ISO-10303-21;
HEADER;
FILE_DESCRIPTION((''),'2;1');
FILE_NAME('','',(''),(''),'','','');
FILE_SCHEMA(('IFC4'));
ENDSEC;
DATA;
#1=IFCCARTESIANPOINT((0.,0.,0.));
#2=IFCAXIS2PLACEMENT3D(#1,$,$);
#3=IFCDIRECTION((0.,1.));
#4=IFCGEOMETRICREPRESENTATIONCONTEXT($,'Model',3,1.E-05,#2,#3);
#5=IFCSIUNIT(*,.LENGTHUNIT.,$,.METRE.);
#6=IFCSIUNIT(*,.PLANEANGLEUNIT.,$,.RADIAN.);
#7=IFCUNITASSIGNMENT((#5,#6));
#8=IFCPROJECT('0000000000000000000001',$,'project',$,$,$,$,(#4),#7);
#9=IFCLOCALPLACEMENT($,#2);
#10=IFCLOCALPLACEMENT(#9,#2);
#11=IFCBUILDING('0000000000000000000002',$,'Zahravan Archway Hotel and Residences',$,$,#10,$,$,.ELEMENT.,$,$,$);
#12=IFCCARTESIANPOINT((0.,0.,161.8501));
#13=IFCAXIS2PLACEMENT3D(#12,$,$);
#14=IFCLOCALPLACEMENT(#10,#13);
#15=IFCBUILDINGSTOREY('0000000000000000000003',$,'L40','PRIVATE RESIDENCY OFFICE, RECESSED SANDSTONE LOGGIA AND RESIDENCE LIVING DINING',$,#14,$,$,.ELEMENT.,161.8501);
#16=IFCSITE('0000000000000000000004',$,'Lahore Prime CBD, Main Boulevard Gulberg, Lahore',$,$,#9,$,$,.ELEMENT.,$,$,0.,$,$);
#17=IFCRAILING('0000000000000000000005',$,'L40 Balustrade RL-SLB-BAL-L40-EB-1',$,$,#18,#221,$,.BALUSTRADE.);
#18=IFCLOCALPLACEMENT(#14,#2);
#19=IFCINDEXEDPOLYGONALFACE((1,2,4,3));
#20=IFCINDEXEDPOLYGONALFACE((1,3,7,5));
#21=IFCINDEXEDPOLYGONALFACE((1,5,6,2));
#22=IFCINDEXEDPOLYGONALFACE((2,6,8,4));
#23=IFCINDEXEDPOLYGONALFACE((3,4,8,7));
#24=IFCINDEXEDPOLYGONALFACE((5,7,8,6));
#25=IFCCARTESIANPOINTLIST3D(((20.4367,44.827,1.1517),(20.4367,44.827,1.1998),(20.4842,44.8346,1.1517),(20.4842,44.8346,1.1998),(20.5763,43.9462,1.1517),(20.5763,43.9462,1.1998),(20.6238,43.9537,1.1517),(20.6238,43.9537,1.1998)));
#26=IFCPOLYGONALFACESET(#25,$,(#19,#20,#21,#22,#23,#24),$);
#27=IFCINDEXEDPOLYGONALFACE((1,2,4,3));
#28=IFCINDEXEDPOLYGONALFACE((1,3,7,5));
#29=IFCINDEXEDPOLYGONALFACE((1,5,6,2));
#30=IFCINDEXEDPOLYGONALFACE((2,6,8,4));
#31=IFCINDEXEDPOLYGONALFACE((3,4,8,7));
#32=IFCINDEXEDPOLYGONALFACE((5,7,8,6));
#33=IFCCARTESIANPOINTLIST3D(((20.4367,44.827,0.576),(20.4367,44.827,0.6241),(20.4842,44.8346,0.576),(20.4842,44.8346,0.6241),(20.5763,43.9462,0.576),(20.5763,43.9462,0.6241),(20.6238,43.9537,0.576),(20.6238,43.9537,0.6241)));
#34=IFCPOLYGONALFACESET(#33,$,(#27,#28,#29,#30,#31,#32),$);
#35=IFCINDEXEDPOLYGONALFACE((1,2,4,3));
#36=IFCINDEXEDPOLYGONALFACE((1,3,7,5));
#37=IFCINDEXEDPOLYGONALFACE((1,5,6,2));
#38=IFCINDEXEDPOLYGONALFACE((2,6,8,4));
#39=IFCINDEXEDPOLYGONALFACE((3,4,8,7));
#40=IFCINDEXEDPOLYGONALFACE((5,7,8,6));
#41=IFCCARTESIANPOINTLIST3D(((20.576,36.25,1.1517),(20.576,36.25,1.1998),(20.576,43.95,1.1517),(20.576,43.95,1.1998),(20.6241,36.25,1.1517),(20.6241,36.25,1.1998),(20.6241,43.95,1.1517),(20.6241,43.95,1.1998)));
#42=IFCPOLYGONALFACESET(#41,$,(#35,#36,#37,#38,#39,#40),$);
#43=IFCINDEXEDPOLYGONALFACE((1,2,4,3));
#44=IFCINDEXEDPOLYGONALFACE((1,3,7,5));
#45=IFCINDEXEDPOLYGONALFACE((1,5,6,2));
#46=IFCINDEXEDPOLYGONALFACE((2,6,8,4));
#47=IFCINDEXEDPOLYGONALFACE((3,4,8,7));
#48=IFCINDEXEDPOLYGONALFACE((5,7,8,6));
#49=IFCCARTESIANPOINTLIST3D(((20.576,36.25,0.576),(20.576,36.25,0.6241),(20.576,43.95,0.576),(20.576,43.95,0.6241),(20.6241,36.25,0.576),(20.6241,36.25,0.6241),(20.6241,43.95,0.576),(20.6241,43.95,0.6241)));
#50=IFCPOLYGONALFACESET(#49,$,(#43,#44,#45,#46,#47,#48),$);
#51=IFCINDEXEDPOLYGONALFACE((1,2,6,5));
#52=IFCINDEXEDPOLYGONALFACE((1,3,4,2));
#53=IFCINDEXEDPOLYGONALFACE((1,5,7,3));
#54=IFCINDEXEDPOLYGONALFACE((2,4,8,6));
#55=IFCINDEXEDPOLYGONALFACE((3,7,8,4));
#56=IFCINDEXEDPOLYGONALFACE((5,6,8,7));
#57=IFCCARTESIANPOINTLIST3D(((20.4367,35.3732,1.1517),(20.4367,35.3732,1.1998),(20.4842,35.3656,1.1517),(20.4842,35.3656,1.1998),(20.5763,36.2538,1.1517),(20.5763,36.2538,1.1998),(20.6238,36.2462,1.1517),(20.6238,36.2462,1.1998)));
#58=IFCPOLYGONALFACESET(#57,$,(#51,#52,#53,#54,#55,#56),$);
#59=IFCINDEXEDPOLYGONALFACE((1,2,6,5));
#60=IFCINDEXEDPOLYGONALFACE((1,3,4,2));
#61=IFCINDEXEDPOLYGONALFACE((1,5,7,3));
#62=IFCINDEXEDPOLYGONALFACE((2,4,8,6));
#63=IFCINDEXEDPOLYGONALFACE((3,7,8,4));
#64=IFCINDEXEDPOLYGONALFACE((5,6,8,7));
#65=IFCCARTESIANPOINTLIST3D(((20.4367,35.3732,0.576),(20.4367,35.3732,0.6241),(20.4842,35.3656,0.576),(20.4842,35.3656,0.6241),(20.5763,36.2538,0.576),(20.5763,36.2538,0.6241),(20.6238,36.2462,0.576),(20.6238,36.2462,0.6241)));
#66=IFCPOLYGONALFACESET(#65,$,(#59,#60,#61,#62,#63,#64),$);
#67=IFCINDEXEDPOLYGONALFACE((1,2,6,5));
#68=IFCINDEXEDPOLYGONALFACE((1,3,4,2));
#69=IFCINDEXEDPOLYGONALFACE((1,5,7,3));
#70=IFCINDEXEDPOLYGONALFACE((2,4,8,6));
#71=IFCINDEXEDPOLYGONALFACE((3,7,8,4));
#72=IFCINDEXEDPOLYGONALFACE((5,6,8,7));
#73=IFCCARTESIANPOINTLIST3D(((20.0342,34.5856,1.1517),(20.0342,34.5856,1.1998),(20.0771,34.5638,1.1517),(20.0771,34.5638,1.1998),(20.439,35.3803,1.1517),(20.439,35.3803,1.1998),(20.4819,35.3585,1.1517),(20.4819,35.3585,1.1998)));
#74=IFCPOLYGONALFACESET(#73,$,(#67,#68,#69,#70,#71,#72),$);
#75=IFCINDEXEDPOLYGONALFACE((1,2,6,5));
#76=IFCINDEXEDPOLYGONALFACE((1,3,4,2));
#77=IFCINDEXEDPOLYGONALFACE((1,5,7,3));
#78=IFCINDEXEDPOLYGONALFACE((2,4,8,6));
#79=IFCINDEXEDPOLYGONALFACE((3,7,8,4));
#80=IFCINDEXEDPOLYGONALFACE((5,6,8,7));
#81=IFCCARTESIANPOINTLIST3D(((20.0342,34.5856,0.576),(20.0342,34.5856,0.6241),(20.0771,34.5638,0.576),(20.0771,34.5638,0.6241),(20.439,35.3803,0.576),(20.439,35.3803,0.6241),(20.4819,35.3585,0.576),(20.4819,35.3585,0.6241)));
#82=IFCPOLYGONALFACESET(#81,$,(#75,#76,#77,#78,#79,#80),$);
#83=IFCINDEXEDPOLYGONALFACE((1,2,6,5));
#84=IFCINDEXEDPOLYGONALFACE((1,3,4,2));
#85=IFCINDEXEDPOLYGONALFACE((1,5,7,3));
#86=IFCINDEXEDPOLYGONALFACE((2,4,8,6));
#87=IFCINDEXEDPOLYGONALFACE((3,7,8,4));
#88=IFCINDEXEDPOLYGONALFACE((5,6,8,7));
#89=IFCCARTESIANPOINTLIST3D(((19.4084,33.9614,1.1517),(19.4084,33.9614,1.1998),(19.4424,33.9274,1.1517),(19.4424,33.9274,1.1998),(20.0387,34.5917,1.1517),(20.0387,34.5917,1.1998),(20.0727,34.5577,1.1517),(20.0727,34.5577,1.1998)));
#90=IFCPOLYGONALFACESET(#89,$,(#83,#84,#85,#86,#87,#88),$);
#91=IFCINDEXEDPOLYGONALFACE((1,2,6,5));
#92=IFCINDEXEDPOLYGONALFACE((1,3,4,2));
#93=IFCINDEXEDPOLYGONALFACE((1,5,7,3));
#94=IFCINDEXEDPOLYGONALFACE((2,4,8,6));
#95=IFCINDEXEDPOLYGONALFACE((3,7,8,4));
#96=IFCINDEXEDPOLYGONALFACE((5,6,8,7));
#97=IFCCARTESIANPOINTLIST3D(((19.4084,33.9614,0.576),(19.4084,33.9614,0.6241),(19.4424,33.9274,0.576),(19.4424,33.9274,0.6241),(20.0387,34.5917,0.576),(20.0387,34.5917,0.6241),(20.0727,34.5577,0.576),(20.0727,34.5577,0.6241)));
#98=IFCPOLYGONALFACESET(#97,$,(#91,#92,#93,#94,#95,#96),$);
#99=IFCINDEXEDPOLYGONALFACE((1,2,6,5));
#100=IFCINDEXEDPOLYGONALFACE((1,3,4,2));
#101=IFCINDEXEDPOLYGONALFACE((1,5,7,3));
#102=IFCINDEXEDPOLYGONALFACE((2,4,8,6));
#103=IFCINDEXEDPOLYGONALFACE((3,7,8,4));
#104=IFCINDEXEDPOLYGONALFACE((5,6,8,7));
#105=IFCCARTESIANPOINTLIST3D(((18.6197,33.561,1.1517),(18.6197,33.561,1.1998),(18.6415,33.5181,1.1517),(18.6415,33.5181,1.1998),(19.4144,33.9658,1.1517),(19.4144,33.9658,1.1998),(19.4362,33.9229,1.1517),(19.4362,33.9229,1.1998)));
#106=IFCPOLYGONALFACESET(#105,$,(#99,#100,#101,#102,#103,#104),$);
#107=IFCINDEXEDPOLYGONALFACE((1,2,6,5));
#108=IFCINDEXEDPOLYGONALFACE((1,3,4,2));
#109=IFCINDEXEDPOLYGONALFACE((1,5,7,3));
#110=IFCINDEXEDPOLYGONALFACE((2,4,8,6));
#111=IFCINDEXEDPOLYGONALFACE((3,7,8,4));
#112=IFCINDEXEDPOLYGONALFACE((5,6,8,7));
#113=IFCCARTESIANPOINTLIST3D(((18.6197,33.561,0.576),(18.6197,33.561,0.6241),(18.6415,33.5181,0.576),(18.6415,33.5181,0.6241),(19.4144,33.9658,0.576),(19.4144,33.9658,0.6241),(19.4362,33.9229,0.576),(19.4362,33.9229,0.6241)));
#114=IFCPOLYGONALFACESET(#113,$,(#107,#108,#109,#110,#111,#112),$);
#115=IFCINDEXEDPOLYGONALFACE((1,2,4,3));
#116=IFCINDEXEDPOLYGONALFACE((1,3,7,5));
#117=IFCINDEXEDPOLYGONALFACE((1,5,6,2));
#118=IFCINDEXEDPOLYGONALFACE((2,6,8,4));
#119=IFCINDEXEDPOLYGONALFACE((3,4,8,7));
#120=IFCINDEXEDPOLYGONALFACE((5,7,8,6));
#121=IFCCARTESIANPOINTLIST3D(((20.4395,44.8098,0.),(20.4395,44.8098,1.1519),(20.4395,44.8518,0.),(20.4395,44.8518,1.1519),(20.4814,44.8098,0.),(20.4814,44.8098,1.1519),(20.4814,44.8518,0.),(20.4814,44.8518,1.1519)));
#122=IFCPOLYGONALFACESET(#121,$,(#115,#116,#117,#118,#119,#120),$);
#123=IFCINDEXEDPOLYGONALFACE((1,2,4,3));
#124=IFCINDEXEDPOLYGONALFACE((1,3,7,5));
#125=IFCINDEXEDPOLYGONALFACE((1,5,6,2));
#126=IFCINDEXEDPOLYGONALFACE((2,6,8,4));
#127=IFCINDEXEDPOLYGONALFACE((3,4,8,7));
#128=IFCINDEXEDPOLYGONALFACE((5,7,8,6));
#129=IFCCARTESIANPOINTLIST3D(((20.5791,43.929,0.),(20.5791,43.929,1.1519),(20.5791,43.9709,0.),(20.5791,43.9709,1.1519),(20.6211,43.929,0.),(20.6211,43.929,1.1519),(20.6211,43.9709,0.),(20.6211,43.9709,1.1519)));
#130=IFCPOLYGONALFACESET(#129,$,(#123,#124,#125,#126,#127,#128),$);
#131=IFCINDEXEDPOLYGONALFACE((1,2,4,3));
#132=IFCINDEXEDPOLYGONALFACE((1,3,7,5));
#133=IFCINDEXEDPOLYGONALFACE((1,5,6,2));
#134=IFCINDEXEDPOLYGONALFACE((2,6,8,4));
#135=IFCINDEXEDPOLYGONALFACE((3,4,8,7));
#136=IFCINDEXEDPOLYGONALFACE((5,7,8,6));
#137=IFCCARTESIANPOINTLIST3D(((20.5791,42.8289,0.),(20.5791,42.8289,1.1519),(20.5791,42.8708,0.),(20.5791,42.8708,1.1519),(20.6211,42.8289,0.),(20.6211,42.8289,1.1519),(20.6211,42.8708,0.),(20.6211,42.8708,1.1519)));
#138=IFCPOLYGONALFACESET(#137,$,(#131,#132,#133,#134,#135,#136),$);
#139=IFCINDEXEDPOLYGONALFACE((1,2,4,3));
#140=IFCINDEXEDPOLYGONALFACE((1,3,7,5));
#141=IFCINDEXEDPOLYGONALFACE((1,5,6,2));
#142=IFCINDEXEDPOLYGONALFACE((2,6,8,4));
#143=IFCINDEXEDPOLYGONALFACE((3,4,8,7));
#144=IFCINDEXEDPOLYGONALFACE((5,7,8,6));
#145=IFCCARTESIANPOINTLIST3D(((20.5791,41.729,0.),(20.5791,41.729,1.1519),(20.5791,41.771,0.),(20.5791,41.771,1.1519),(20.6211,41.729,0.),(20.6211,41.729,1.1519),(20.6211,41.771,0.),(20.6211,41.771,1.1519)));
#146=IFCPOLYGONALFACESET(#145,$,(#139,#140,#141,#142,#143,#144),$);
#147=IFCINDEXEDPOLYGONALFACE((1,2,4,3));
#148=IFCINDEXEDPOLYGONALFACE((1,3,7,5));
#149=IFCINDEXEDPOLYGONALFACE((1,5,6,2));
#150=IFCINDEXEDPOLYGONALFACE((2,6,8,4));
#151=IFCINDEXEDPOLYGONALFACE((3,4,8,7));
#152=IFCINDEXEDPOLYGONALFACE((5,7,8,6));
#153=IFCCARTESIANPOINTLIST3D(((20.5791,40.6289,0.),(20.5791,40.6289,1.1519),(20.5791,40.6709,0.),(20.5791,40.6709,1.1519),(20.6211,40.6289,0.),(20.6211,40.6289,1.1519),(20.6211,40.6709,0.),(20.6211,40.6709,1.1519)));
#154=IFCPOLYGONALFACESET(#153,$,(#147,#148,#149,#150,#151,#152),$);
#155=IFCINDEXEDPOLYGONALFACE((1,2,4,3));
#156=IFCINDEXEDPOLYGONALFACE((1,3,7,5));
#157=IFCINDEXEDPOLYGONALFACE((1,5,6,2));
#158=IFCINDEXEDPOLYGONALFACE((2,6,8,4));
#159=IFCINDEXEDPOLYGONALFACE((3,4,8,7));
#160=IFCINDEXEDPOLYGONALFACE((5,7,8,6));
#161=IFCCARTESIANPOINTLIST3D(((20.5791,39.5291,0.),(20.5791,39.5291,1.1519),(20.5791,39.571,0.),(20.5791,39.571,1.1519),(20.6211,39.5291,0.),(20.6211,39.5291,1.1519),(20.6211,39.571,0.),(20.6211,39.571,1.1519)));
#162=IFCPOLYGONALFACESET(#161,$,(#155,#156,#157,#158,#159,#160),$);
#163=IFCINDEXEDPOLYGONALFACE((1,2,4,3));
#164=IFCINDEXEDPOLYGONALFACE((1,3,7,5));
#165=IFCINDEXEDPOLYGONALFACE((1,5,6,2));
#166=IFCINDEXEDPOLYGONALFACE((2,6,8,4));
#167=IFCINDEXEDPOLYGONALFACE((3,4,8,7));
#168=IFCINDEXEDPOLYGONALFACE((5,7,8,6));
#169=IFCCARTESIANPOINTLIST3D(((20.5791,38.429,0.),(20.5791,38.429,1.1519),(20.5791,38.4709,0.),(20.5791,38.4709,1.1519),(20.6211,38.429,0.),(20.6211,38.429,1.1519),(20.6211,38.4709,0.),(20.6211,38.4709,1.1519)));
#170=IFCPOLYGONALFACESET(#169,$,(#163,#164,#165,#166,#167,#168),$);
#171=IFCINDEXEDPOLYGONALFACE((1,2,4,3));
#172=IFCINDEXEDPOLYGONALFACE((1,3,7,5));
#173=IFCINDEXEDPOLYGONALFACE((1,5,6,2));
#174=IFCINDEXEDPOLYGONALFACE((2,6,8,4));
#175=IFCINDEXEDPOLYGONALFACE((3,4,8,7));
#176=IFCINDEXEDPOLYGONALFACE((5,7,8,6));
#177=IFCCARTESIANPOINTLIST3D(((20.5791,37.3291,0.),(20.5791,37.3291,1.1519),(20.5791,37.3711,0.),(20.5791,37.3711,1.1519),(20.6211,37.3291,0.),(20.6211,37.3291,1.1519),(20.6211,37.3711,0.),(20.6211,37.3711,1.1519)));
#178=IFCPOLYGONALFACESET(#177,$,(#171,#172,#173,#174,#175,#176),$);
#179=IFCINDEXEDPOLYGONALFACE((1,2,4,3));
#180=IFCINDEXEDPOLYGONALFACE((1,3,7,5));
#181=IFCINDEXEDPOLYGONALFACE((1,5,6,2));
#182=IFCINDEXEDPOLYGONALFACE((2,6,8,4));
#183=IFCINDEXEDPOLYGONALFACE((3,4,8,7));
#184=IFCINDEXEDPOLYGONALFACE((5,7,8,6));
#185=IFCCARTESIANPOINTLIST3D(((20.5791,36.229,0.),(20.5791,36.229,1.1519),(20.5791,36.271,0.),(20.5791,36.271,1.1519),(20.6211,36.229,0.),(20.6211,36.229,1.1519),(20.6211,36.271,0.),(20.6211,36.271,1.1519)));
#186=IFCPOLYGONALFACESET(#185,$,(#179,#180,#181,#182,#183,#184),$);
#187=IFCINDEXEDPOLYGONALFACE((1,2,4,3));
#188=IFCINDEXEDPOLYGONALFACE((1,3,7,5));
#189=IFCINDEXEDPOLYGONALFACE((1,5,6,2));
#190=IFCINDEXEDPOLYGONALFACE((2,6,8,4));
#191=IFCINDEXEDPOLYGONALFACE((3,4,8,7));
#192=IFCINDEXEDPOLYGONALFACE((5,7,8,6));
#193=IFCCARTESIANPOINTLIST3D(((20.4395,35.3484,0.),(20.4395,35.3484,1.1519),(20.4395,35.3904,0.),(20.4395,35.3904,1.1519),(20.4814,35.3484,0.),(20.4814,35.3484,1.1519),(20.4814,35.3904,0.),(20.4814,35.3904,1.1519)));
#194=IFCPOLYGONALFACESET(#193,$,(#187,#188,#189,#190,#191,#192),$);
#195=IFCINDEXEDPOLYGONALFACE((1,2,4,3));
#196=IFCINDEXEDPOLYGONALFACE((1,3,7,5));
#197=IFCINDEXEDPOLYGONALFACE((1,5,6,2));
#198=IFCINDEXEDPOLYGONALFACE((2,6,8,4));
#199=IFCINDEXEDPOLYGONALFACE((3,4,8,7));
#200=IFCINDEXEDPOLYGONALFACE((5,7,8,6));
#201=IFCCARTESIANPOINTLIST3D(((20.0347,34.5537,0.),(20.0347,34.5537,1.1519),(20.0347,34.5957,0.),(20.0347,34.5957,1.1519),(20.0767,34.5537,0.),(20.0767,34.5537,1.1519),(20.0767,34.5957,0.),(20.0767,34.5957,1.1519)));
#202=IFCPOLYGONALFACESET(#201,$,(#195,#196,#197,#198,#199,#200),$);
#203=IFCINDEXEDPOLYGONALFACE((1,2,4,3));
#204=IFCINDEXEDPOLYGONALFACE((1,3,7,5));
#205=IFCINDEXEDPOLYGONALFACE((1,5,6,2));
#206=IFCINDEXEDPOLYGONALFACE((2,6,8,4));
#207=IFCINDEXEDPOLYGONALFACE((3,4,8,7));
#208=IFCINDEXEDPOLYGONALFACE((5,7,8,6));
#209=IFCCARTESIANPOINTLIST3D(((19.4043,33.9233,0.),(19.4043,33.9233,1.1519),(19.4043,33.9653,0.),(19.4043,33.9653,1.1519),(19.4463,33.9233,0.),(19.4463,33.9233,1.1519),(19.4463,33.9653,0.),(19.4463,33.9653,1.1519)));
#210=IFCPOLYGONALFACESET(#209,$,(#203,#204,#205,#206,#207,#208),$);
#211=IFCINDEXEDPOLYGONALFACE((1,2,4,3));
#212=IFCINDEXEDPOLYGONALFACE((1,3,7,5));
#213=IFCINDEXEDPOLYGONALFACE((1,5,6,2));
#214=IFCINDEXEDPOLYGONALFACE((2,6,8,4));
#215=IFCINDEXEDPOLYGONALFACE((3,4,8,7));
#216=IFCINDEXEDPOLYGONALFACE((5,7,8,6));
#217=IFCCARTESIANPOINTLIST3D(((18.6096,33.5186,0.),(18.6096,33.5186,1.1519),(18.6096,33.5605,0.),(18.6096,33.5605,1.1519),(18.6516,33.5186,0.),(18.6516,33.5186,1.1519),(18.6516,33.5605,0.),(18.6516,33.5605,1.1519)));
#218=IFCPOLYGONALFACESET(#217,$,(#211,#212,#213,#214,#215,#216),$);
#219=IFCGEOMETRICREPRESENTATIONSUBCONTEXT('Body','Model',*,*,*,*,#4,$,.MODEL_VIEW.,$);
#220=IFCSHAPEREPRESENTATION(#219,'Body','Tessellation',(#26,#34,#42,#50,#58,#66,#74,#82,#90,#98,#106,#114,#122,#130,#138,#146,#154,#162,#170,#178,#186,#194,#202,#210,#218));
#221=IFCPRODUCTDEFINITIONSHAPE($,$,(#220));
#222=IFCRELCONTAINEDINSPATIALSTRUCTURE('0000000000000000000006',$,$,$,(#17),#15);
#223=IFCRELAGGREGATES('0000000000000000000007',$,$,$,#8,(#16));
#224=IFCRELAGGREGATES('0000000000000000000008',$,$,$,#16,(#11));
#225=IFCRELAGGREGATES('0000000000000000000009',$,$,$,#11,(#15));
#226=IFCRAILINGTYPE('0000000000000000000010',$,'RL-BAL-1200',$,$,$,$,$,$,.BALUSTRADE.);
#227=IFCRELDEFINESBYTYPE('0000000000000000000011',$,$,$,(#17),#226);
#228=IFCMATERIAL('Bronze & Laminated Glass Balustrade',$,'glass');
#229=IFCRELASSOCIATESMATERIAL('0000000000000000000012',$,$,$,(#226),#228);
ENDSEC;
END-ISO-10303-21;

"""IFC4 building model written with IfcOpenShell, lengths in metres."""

from ifc_helpers import new_model, si_unit, direction, frame, origin, origin_2d, place, context, subcontext, project, spatial, rectangle, extrude, material, type_object, element, save


model = new_model("IFC4")

# Units and contexts
model_context = context("Model", 3, precision=1e-05, world=origin(), true_north=direction((0.0, 1.0)))
body_context = subcontext(model_context, "Body", "Model", "MODEL_VIEW")
ifc_project = project(units=[si_unit("LENGTHUNIT", "METRE"), si_unit("PLANEANGLEUNIT", "RADIAN")], contexts=[model_context])

# Site, building, storey
site_placement = place(None, origin())
site = spatial("IfcSite", under=ifc_project, at=site_placement, Name="Lahore Prime CBD, Main Boulevard Gulberg, Lahore", CompositionType="ELEMENT", RefElevation=0.0)
building_placement = place(site_placement, origin())
building = spatial("IfcBuilding", under=site, at=building_placement, Name="Zahravan Archway Hotel and Residences", CompositionType="ELEMENT")
storey_placement = place(building_placement, frame((0.0, 0.0, 161.8501)))
storey = spatial("IfcBuildingStorey", under=building, at=storey_placement, Name="L40", Description="PRIVATE RESIDENCY OFFICE, RECESSED SANDSTONE LOGGIA AND RESIDENCE LIVING DINING", CompositionType="ELEMENT", Elevation=161.8501)

# Railing
ifc_material_1 = material(Name="Bronze & Laminated Glass Balustrade", Category="glass")
railing_type = type_object("IfcRailingType", Name="RL-BAL-1200", PredefinedType="BALUSTRADE", material=ifc_material_1)
railing_placement = place(storey_placement, frame((20.4604, 44.8308, 0.0)))
element("IfcRailing", 1, at=railing_placement, inside=storey, type_object=railing_type, Name="L40 Balustrade RL-SLB-BAL-L40-EB-1", PredefinedType="BALUSTRADE", context=body_context, shape_type="SweptSolid", body=[
    extrude(rectangle(XDim=0.0481, YDim=0.0481, at=origin_2d()), frame((0.0, 0.0, 1.1758), z_axis=(0.156581, -0.987665, 0.0), x_axis=(0.987665, 0.156581, 0.0)), (0.0, 0.0, 1.0), 0.8918),
    extrude(rectangle(XDim=0.0481, YDim=0.0481, at=origin_2d()), frame((0.0, 0.0, 0.6001), z_axis=(0.156581, -0.987665, 0.0), x_axis=(0.987665, 0.156581, 0.0)), (0.0, 0.0, 1.0), 0.8918),
    extrude(rectangle(XDim=0.0481, YDim=0.0481, at=origin_2d()), frame((0.1396, -0.8809, 1.1758), z_axis=(0.0, -1.0, 0.0), x_axis=(1.0, 0.0, 0.0)), (0.0, 0.0, 1.0), 7.7),
    extrude(rectangle(XDim=0.0481, YDim=0.0481, at=origin_2d()), frame((0.1396, -0.8809, 0.6001), z_axis=(0.0, -1.0, 0.0), x_axis=(1.0, 0.0, 0.0)), (0.0, 0.0, 1.0), 7.7),
    extrude(rectangle(XDim=0.0481, YDim=0.0481, at=origin_2d()), frame((0.1396, -8.5808, 1.1758), z_axis=(-0.156623, -0.987658, 0.0), x_axis=(0.987658, -0.156623, 0.0)), (0.0, 0.0, 1.0), 0.8916),
    extrude(rectangle(XDim=0.0481, YDim=0.0481, at=origin_2d()), frame((0.1396, -8.5808, 0.6001), z_axis=(-0.156623, -0.987658, 0.0), x_axis=(0.987658, -0.156623, 0.0)), (0.0, 0.0, 1.0), 0.8916),
    extrude(rectangle(XDim=0.0481, YDim=0.0481, at=origin_2d()), frame((0.0, -9.4614, 1.1758), z_axis=(-0.453881, -0.891062, 0.0), x_axis=(0.891062, -0.453881, 0.0)), (0.0, 0.0, 1.0), 0.8918),
    extrude(rectangle(XDim=0.0481, YDim=0.0481, at=origin_2d()), frame((0.0, -9.4614, 0.6001), z_axis=(-0.453881, -0.891062, 0.0), x_axis=(0.891062, -0.453881, 0.0)), (0.0, 0.0, 1.0), 0.8918),
    extrude(rectangle(XDim=0.0481, YDim=0.0481, at=origin_2d()), frame((-0.4048, -10.2561, 1.1758), z_axis=(-0.707107, -0.707107, 0.0), x_axis=(0.707107, -0.707107, 0.0)), (0.0, 0.0, 1.0), 0.8914),
    extrude(rectangle(XDim=0.0481, YDim=0.0481, at=origin_2d()), frame((-0.4048, -10.2561, 0.6001), z_axis=(-0.707107, -0.707107, 0.0), x_axis=(0.707107, -0.707107, 0.0)), (0.0, 0.0, 1.0), 0.8914),
    extrude(rectangle(XDim=0.0481, YDim=0.0481, at=origin_2d()), frame((-1.0352, -10.8865, 1.1758), z_axis=(-0.891062, -0.453881, 0.0), x_axis=(0.453881, -0.891062, 0.0)), (0.0, 0.0, 1.0), 0.8918),
    extrude(rectangle(XDim=0.0481, YDim=0.0481, at=origin_2d()), frame((-1.0352, -10.8865, 0.6001), z_axis=(-0.891062, -0.453881, 0.0), x_axis=(0.453881, -0.891062, 0.0)), (0.0, 0.0, 1.0), 0.8918),
    extrude(rectangle(XDim=0.042, YDim=0.042, at=origin_2d()), origin(), (0.0, 0.0, 1.0), 1.1519),
    extrude(rectangle(XDim=0.042, YDim=0.042, at=origin_2d()), frame((0.1396, -0.8809, 0.0)), (0.0, 0.0, 1.0), 1.1519),
    extrude(rectangle(XDim=0.042, YDim=0.042, at=origin_2d()), frame((0.1396, -1.981, 0.0)), (0.0, 0.0, 1.0), 1.1519),
    extrude(rectangle(XDim=0.042, YDim=0.042, at=origin_2d()), frame((0.1396, -3.0808, 0.0)), (0.0, 0.0, 1.0), 1.1519),
    extrude(rectangle(XDim=0.042, YDim=0.042, at=origin_2d()), frame((0.1396, -4.1809, 0.0)), (0.0, 0.0, 1.0), 1.1519),
    extrude(rectangle(XDim=0.042, YDim=0.042, at=origin_2d()), frame((0.1396, -5.2808, 0.0)), (0.0, 0.0, 1.0), 1.1519),
    extrude(rectangle(XDim=0.042, YDim=0.042, at=origin_2d()), frame((0.1396, -6.3809, 0.0)), (0.0, 0.0, 1.0), 1.1519),
    extrude(rectangle(XDim=0.042, YDim=0.042, at=origin_2d()), frame((0.1396, -7.4807, 0.0)), (0.0, 0.0, 1.0), 1.1519),
    extrude(rectangle(XDim=0.042, YDim=0.042, at=origin_2d()), frame((0.1396, -8.5808, 0.0)), (0.0, 0.0, 1.0), 1.1519),
    extrude(rectangle(XDim=0.042, YDim=0.042, at=origin_2d()), frame((0.0, -9.4614, 0.0)), (0.0, 0.0, 1.0), 1.1519),
    extrude(rectangle(XDim=0.042, YDim=0.042, at=origin_2d()), frame((-0.4048, -10.2561, 0.0)), (0.0, 0.0, 1.0), 1.1519),
    extrude(rectangle(XDim=0.042, YDim=0.042, at=origin_2d()), frame((-1.0352, -10.8865, 0.0)), (0.0, 0.0, 1.0), 1.1519),
    extrude(rectangle(XDim=0.042, YDim=0.042, at=origin_2d()), frame((-1.8298, -11.2913, 0.0)), (0.0, 0.0, 1.0), 1.1519),
])

save(model, "model.ifc")
